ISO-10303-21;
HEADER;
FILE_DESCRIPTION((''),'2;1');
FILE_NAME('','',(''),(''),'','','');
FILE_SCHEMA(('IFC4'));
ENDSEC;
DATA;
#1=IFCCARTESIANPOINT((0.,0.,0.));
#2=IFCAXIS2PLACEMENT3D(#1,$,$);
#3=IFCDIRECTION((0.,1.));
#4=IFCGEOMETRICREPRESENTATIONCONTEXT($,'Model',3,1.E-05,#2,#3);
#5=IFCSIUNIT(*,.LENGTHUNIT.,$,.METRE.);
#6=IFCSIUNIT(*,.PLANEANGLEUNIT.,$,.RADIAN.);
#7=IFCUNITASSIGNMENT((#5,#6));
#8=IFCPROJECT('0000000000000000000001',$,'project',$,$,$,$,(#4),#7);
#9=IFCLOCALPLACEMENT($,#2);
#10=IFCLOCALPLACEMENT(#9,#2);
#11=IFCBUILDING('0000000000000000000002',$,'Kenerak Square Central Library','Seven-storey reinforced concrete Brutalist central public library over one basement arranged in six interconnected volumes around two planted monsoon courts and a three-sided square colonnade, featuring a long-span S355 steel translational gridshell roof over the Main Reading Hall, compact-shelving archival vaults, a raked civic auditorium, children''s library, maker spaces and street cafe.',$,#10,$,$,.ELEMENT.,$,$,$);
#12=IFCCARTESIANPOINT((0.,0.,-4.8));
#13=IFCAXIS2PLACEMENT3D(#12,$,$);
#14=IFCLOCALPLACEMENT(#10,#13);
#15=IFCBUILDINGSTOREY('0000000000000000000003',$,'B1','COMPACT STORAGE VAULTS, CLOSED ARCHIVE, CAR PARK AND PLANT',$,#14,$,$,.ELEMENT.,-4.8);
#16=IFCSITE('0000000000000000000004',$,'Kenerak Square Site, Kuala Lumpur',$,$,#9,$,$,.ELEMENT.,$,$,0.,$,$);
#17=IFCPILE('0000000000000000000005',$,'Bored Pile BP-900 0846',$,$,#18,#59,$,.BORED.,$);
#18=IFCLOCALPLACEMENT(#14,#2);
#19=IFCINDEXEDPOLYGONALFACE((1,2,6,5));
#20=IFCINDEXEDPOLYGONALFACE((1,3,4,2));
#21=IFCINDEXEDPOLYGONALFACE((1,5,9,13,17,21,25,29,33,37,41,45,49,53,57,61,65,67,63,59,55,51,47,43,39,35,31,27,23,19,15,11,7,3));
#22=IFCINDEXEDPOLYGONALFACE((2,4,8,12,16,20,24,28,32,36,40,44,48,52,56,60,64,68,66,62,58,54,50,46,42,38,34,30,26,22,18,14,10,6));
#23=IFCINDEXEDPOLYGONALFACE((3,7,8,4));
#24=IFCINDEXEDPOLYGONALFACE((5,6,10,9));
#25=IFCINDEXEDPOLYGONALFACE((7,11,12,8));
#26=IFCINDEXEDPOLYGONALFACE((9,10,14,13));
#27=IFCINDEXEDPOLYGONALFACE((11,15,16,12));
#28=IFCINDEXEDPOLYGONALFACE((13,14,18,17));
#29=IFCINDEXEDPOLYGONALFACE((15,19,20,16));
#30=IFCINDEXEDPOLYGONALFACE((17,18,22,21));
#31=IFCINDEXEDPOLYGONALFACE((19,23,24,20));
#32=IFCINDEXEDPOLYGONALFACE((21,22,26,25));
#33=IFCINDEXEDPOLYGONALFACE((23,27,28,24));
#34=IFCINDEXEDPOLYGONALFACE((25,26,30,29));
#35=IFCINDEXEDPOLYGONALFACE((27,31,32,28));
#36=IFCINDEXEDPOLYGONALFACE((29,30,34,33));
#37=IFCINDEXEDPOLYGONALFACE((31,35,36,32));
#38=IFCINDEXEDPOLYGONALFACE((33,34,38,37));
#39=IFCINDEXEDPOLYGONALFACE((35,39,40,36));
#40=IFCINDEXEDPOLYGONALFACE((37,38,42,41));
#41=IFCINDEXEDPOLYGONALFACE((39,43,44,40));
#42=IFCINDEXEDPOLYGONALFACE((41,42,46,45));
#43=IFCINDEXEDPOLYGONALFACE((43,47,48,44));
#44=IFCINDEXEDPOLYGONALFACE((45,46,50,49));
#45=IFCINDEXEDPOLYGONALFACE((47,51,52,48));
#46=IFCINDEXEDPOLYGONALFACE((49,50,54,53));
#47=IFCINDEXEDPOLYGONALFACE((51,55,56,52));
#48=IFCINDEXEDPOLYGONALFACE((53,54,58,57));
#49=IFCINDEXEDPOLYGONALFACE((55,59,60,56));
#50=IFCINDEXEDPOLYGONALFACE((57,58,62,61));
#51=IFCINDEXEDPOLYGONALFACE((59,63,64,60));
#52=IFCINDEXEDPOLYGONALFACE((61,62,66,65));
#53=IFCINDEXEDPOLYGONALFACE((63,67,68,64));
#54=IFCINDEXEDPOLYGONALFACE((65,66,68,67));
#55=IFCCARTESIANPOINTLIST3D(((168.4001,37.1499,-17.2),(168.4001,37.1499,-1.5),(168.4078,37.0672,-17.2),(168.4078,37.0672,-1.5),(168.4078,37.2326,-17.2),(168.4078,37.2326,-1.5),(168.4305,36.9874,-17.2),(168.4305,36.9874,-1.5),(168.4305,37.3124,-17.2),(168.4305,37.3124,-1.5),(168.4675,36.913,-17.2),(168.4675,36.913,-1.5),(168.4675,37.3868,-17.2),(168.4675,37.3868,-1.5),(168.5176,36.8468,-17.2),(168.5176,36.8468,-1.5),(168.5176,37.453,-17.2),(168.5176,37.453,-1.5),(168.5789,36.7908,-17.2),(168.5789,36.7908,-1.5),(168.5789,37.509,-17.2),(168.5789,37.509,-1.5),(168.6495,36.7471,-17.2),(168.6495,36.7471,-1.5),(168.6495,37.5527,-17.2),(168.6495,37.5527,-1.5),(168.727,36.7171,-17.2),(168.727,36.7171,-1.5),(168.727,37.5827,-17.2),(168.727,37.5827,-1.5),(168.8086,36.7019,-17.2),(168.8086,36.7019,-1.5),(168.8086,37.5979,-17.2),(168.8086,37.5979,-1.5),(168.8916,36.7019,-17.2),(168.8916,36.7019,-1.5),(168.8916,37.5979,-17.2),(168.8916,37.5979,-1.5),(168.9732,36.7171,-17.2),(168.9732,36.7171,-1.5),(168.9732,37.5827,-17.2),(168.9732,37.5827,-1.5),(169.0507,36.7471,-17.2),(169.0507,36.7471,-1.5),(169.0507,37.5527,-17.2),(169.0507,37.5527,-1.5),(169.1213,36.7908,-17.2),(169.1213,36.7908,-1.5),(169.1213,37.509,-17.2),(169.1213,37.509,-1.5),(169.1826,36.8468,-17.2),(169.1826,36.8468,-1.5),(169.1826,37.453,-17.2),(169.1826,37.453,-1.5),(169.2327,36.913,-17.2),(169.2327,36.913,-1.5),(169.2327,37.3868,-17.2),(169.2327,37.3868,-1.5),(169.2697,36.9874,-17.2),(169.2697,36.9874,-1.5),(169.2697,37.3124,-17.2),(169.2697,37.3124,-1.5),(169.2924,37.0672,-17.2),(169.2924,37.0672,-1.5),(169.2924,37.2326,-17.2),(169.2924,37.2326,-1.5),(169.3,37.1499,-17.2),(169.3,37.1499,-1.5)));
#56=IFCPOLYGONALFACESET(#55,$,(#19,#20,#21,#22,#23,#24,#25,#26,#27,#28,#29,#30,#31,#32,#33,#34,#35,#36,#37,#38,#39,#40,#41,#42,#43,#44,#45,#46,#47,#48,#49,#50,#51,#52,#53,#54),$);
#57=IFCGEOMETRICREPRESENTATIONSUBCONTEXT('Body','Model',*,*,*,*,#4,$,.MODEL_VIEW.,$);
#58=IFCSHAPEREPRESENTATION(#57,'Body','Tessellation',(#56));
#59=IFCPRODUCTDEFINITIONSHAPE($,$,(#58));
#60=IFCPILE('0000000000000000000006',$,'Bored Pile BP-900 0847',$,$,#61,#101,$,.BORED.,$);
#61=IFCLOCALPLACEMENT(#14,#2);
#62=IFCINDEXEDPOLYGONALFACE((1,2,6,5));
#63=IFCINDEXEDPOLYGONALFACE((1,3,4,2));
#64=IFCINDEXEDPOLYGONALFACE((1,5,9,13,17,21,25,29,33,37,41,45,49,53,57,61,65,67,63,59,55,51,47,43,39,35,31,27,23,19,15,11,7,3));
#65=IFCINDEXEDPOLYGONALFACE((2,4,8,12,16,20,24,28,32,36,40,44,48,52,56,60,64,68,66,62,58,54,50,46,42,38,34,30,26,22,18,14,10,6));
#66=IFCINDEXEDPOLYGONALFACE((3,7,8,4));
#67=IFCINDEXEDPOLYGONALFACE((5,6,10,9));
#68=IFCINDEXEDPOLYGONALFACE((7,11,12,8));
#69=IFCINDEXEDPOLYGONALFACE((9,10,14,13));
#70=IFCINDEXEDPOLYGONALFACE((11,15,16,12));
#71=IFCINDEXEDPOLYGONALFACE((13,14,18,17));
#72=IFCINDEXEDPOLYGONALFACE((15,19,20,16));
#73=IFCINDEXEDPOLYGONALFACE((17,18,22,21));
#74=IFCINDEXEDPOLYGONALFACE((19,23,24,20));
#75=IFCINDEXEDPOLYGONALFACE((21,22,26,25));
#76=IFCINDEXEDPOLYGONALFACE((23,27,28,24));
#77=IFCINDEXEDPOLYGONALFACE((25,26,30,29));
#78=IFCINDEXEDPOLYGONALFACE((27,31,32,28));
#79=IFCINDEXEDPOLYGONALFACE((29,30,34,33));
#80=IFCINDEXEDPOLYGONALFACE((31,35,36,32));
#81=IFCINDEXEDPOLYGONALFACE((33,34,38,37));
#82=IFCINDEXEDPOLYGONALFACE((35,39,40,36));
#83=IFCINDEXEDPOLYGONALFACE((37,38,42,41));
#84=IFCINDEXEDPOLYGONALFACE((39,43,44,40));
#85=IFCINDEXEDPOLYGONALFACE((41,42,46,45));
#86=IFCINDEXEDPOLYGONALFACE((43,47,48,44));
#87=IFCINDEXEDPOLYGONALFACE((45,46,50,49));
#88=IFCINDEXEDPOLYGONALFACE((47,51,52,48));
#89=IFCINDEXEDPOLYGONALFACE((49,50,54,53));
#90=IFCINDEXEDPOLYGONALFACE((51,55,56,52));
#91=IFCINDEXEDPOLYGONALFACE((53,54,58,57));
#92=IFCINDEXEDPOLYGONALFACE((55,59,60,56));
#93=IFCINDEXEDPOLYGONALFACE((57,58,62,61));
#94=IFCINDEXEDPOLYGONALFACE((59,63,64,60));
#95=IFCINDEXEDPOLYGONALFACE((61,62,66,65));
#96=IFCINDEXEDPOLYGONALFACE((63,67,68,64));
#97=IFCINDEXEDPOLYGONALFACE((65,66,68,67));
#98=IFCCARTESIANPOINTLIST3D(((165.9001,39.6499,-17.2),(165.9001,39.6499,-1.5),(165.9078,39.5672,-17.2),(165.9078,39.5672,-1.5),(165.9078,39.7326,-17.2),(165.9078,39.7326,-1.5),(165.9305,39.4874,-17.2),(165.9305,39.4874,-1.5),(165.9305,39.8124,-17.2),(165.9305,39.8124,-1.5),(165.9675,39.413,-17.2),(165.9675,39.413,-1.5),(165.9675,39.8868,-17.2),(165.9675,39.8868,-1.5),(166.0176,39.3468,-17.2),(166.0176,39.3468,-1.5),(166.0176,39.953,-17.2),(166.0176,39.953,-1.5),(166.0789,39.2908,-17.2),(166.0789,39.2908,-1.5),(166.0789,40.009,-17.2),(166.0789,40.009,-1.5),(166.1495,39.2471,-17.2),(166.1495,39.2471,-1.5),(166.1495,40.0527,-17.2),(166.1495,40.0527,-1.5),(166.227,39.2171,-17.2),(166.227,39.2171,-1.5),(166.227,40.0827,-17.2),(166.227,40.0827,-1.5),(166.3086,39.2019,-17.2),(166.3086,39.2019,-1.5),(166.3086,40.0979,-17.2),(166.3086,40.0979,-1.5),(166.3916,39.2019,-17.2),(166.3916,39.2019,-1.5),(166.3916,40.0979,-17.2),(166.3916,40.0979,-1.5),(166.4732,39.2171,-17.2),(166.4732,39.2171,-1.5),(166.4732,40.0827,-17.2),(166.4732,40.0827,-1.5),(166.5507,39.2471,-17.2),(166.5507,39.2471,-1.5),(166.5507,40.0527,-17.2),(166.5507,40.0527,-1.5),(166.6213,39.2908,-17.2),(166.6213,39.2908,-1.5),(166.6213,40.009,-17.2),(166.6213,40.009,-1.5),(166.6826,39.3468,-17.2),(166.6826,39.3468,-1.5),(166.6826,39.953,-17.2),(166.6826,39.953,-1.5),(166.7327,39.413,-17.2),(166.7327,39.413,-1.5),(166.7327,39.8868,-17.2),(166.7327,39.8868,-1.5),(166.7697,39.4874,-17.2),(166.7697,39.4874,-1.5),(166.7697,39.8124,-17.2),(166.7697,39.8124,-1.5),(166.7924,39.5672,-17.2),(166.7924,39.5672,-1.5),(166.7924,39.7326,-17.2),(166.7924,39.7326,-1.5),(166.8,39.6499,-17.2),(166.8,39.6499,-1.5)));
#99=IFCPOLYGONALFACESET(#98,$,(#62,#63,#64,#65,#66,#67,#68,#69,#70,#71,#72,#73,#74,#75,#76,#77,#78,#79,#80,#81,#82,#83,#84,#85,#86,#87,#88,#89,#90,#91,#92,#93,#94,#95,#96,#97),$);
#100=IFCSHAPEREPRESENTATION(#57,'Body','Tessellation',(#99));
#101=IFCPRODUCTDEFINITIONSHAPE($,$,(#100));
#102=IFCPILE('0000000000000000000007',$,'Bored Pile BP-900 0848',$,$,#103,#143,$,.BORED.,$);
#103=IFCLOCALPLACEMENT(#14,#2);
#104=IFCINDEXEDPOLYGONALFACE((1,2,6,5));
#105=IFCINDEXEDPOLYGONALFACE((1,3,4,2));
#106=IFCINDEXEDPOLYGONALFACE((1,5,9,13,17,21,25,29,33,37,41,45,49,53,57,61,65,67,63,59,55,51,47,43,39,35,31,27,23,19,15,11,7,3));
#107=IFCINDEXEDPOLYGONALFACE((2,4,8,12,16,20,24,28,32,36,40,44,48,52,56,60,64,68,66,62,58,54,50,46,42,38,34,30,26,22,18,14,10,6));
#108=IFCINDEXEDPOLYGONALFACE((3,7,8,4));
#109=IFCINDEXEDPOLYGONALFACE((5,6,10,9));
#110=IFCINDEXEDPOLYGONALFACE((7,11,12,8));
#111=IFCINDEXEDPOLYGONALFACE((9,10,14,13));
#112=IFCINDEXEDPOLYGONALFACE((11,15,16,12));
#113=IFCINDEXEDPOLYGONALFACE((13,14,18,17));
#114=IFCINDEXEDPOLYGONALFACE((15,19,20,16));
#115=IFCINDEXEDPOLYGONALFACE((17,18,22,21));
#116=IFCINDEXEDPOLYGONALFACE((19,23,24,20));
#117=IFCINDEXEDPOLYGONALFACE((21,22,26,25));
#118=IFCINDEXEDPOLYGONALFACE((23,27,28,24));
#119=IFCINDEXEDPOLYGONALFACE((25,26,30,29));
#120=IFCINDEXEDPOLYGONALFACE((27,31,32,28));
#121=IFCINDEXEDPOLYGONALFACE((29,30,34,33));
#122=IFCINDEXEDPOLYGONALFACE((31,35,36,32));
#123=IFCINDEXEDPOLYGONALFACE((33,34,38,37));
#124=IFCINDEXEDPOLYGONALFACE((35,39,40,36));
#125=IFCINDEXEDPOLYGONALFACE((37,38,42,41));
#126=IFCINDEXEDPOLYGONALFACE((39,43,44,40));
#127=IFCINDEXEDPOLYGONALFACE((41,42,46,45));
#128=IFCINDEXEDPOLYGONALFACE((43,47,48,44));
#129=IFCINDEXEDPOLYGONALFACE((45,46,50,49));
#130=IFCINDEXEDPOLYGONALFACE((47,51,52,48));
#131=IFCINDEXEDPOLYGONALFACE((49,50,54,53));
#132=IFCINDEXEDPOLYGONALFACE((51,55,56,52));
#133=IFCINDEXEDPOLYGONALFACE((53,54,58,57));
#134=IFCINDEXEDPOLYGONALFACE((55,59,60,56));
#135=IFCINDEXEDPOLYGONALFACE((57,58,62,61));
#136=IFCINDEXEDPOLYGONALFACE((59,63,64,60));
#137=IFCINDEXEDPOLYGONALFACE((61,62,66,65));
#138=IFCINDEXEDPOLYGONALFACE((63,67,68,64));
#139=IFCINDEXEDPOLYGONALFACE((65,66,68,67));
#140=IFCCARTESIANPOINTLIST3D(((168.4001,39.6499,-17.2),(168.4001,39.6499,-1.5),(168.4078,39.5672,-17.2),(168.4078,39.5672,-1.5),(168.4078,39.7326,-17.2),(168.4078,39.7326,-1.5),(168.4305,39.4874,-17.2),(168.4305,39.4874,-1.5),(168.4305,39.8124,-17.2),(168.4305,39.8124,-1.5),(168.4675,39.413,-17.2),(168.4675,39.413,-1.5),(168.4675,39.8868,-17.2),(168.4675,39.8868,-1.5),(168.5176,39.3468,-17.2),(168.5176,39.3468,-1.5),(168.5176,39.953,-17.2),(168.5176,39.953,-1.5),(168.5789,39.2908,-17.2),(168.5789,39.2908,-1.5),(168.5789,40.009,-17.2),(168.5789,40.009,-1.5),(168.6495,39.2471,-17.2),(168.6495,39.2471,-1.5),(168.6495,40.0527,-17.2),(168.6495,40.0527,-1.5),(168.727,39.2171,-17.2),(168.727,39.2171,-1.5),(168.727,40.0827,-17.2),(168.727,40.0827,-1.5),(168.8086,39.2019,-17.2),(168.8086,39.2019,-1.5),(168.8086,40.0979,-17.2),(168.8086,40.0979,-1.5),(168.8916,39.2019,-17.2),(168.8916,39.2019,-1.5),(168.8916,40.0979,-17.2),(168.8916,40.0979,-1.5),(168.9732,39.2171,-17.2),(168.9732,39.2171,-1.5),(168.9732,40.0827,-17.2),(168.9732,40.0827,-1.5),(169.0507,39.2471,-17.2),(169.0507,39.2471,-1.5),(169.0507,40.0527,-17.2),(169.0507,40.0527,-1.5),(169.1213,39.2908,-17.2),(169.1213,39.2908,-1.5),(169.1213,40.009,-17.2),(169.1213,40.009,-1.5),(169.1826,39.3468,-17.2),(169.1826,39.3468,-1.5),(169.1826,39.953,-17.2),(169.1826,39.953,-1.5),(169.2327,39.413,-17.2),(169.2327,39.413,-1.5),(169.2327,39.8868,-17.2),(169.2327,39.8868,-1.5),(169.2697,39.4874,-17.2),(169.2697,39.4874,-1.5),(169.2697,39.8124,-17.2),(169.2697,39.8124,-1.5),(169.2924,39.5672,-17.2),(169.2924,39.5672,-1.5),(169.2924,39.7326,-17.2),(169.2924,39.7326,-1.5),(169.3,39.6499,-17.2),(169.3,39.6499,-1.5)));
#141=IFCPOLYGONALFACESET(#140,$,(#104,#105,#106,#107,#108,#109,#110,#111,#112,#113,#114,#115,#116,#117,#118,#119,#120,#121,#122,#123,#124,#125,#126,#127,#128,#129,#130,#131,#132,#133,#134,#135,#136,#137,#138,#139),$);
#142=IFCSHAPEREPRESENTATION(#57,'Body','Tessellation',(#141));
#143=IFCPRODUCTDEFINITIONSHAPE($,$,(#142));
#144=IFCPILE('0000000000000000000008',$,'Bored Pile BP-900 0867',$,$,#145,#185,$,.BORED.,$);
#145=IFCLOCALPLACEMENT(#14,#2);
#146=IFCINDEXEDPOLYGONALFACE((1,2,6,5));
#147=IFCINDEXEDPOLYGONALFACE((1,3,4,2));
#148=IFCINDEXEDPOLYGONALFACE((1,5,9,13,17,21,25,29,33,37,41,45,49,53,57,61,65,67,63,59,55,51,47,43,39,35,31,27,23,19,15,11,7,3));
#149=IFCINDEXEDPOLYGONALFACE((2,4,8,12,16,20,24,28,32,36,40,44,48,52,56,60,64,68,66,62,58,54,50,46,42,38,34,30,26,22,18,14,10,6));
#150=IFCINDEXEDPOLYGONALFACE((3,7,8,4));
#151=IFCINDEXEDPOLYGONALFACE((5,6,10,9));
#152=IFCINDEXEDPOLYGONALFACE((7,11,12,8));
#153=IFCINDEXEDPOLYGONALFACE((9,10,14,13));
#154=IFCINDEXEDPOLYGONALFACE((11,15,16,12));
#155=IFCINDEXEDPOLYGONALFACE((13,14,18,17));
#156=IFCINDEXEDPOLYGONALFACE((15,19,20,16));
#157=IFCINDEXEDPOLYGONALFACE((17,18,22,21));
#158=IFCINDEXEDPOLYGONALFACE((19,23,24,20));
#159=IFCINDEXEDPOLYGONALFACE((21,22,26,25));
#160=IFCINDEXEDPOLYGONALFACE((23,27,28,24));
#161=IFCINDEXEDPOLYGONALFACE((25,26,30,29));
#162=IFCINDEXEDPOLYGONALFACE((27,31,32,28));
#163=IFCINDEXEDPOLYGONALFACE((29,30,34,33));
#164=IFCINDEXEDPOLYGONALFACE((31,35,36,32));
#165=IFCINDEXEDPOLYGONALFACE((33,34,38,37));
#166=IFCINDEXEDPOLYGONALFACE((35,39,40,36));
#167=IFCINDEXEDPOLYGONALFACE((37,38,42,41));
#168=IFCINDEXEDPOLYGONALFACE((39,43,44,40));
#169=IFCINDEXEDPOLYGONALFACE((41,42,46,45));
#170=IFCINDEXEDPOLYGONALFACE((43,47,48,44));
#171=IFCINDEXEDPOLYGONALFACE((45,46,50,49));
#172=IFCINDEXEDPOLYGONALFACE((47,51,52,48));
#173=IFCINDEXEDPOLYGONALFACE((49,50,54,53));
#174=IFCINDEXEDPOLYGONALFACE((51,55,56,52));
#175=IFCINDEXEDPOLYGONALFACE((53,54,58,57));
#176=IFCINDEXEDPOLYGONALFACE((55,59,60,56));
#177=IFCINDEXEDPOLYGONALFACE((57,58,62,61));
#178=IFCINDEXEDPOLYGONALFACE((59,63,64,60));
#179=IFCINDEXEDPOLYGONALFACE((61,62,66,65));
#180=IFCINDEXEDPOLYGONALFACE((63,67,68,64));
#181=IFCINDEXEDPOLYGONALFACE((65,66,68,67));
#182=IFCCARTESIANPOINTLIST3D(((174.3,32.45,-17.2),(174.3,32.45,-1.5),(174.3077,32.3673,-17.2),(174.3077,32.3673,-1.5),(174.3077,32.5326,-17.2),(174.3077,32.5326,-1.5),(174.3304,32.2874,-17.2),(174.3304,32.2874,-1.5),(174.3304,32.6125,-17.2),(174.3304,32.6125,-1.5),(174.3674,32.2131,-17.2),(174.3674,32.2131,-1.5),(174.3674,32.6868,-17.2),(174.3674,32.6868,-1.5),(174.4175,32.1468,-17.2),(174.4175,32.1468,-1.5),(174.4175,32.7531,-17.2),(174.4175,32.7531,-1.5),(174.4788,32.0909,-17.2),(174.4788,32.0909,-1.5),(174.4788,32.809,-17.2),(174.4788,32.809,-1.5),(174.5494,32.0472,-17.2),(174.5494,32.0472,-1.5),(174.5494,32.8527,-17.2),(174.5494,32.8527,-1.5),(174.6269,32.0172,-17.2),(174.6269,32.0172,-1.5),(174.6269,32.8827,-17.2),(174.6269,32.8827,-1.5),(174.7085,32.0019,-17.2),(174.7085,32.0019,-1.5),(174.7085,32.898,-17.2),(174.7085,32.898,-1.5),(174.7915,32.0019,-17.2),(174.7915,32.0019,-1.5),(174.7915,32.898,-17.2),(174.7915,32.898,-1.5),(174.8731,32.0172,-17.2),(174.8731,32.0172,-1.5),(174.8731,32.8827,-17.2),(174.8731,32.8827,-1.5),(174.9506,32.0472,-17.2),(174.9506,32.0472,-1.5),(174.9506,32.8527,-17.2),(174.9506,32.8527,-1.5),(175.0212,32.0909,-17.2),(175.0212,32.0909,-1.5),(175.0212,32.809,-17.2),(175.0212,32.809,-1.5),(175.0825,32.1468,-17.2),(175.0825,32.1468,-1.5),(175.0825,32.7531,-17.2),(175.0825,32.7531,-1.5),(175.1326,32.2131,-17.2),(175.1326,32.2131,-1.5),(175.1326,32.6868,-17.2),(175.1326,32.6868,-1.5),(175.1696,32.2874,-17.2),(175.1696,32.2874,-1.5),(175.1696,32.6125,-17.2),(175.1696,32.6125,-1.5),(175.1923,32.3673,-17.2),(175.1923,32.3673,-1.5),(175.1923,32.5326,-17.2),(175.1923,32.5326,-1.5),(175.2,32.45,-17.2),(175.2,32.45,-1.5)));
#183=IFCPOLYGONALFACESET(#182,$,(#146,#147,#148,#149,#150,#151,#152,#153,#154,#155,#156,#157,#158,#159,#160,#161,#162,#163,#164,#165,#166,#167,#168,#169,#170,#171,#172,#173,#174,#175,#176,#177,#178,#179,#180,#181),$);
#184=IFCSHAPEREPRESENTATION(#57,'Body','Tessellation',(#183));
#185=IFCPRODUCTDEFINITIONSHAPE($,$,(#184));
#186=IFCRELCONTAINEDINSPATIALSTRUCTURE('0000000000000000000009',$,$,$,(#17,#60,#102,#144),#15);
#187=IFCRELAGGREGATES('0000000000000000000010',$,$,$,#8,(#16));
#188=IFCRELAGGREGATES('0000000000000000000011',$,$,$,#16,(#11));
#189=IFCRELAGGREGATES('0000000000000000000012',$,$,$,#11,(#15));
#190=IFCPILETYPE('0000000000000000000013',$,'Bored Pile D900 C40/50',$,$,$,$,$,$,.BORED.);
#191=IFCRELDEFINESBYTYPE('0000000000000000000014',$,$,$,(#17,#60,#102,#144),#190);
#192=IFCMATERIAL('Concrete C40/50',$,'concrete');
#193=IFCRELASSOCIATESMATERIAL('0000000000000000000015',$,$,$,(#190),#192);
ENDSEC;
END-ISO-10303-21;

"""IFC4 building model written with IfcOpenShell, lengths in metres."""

from ifc_helpers import new_model, si_unit, direction, frame, origin, origin_2d, place, context, subcontext, project, spatial, circle, extrude, material, material_profile, profile_set, type_object, element, save


model = new_model("IFC4")

# Units and contexts
model_context = context("Model", 3, precision=1e-05, world=origin(), true_north=direction((0.0, 1.0)))
body_context = subcontext(model_context, "Body", "Model", "MODEL_VIEW")
ifc_project = project(units=[si_unit("LENGTHUNIT", "METRE"), si_unit("PLANEANGLEUNIT", "RADIAN")], contexts=[model_context])

# Site, building, storey
site_placement = place(None, origin())
site = spatial("IfcSite", under=ifc_project, at=site_placement, Name="Kenerak Square Site, Kuala Lumpur", CompositionType="ELEMENT", RefElevation=0.0)
building_placement = place(site_placement, origin())
building = spatial("IfcBuilding", under=site, at=building_placement, Name="Kenerak Square Central Library", Description="Seven-storey reinforced concrete Brutalist central public library over one basement arranged in six interconnected volumes around two planted monsoon courts and a three-sided square colonnade, featuring a long-span S355 steel translational gridshell roof over the Main Reading Hall, compact-shelving archival vaults, a raked civic auditorium, children's library, maker spaces and street cafe.", CompositionType="ELEMENT")
storey_placement = place(building_placement, frame((0.0, 0.0, -4.8)))
storey = spatial("IfcBuildingStorey", under=building, at=storey_placement, Name="B1", Description="COMPACT STORAGE VAULTS, CLOSED ARCHIVE, CAR PARK AND PLANT", CompositionType="ELEMENT", Elevation=-4.8)

# Piles
ifc_material_1 = material(Name="Concrete C40/50", Category="concrete")
ifc_material_profile_1 = material_profile(ifc_material_1, circle(Radius=0.45, at=origin_2d()), Name="BP D900")
ifc_profile_set_1 = profile_set([ifc_material_profile_1], Name="Concrete C40/50")
pile_type = type_object("IfcPileType", Name="Bored Pile D900 C40/50", PredefinedType="BORED", material=ifc_profile_set_1)
for number, where, z_axis, x_axis, name in (
    (1, (168.8501, 37.1499, -1.5), (0.0, 0.0, -1.0), (1.0, 0.0, 0.0), "Bored Pile BP-900 0846"),
    (2, (166.3501, 39.6499, -1.5), (0.0, 0.0, -1.0), (1.0, 0.0, 0.0), "Bored Pile BP-900 0847"),
    (3, (168.8501, 39.6499, -1.5), (0.0, 0.0, -1.0), (1.0, 0.0, 0.0), "Bored Pile BP-900 0848"),
    (4, (174.75, 32.45, -1.5), (0.0, 0.0, -1.0), (1.0, 0.0, 0.0), "Bored Pile BP-900 0867"),
):
    element("IfcPile", number, at=place(storey_placement, frame(where, z_axis=z_axis, x_axis=x_axis)), inside=storey, type_object=pile_type, Name=name, PredefinedType="BORED", context=body_context, shape_type="SweptSolid", body=[
        extrude(circle(Radius=0.45, at=origin_2d()), origin(), (0.0, 0.0, 1.0), 15.7),
    ])

save(model, "model.ifc")
